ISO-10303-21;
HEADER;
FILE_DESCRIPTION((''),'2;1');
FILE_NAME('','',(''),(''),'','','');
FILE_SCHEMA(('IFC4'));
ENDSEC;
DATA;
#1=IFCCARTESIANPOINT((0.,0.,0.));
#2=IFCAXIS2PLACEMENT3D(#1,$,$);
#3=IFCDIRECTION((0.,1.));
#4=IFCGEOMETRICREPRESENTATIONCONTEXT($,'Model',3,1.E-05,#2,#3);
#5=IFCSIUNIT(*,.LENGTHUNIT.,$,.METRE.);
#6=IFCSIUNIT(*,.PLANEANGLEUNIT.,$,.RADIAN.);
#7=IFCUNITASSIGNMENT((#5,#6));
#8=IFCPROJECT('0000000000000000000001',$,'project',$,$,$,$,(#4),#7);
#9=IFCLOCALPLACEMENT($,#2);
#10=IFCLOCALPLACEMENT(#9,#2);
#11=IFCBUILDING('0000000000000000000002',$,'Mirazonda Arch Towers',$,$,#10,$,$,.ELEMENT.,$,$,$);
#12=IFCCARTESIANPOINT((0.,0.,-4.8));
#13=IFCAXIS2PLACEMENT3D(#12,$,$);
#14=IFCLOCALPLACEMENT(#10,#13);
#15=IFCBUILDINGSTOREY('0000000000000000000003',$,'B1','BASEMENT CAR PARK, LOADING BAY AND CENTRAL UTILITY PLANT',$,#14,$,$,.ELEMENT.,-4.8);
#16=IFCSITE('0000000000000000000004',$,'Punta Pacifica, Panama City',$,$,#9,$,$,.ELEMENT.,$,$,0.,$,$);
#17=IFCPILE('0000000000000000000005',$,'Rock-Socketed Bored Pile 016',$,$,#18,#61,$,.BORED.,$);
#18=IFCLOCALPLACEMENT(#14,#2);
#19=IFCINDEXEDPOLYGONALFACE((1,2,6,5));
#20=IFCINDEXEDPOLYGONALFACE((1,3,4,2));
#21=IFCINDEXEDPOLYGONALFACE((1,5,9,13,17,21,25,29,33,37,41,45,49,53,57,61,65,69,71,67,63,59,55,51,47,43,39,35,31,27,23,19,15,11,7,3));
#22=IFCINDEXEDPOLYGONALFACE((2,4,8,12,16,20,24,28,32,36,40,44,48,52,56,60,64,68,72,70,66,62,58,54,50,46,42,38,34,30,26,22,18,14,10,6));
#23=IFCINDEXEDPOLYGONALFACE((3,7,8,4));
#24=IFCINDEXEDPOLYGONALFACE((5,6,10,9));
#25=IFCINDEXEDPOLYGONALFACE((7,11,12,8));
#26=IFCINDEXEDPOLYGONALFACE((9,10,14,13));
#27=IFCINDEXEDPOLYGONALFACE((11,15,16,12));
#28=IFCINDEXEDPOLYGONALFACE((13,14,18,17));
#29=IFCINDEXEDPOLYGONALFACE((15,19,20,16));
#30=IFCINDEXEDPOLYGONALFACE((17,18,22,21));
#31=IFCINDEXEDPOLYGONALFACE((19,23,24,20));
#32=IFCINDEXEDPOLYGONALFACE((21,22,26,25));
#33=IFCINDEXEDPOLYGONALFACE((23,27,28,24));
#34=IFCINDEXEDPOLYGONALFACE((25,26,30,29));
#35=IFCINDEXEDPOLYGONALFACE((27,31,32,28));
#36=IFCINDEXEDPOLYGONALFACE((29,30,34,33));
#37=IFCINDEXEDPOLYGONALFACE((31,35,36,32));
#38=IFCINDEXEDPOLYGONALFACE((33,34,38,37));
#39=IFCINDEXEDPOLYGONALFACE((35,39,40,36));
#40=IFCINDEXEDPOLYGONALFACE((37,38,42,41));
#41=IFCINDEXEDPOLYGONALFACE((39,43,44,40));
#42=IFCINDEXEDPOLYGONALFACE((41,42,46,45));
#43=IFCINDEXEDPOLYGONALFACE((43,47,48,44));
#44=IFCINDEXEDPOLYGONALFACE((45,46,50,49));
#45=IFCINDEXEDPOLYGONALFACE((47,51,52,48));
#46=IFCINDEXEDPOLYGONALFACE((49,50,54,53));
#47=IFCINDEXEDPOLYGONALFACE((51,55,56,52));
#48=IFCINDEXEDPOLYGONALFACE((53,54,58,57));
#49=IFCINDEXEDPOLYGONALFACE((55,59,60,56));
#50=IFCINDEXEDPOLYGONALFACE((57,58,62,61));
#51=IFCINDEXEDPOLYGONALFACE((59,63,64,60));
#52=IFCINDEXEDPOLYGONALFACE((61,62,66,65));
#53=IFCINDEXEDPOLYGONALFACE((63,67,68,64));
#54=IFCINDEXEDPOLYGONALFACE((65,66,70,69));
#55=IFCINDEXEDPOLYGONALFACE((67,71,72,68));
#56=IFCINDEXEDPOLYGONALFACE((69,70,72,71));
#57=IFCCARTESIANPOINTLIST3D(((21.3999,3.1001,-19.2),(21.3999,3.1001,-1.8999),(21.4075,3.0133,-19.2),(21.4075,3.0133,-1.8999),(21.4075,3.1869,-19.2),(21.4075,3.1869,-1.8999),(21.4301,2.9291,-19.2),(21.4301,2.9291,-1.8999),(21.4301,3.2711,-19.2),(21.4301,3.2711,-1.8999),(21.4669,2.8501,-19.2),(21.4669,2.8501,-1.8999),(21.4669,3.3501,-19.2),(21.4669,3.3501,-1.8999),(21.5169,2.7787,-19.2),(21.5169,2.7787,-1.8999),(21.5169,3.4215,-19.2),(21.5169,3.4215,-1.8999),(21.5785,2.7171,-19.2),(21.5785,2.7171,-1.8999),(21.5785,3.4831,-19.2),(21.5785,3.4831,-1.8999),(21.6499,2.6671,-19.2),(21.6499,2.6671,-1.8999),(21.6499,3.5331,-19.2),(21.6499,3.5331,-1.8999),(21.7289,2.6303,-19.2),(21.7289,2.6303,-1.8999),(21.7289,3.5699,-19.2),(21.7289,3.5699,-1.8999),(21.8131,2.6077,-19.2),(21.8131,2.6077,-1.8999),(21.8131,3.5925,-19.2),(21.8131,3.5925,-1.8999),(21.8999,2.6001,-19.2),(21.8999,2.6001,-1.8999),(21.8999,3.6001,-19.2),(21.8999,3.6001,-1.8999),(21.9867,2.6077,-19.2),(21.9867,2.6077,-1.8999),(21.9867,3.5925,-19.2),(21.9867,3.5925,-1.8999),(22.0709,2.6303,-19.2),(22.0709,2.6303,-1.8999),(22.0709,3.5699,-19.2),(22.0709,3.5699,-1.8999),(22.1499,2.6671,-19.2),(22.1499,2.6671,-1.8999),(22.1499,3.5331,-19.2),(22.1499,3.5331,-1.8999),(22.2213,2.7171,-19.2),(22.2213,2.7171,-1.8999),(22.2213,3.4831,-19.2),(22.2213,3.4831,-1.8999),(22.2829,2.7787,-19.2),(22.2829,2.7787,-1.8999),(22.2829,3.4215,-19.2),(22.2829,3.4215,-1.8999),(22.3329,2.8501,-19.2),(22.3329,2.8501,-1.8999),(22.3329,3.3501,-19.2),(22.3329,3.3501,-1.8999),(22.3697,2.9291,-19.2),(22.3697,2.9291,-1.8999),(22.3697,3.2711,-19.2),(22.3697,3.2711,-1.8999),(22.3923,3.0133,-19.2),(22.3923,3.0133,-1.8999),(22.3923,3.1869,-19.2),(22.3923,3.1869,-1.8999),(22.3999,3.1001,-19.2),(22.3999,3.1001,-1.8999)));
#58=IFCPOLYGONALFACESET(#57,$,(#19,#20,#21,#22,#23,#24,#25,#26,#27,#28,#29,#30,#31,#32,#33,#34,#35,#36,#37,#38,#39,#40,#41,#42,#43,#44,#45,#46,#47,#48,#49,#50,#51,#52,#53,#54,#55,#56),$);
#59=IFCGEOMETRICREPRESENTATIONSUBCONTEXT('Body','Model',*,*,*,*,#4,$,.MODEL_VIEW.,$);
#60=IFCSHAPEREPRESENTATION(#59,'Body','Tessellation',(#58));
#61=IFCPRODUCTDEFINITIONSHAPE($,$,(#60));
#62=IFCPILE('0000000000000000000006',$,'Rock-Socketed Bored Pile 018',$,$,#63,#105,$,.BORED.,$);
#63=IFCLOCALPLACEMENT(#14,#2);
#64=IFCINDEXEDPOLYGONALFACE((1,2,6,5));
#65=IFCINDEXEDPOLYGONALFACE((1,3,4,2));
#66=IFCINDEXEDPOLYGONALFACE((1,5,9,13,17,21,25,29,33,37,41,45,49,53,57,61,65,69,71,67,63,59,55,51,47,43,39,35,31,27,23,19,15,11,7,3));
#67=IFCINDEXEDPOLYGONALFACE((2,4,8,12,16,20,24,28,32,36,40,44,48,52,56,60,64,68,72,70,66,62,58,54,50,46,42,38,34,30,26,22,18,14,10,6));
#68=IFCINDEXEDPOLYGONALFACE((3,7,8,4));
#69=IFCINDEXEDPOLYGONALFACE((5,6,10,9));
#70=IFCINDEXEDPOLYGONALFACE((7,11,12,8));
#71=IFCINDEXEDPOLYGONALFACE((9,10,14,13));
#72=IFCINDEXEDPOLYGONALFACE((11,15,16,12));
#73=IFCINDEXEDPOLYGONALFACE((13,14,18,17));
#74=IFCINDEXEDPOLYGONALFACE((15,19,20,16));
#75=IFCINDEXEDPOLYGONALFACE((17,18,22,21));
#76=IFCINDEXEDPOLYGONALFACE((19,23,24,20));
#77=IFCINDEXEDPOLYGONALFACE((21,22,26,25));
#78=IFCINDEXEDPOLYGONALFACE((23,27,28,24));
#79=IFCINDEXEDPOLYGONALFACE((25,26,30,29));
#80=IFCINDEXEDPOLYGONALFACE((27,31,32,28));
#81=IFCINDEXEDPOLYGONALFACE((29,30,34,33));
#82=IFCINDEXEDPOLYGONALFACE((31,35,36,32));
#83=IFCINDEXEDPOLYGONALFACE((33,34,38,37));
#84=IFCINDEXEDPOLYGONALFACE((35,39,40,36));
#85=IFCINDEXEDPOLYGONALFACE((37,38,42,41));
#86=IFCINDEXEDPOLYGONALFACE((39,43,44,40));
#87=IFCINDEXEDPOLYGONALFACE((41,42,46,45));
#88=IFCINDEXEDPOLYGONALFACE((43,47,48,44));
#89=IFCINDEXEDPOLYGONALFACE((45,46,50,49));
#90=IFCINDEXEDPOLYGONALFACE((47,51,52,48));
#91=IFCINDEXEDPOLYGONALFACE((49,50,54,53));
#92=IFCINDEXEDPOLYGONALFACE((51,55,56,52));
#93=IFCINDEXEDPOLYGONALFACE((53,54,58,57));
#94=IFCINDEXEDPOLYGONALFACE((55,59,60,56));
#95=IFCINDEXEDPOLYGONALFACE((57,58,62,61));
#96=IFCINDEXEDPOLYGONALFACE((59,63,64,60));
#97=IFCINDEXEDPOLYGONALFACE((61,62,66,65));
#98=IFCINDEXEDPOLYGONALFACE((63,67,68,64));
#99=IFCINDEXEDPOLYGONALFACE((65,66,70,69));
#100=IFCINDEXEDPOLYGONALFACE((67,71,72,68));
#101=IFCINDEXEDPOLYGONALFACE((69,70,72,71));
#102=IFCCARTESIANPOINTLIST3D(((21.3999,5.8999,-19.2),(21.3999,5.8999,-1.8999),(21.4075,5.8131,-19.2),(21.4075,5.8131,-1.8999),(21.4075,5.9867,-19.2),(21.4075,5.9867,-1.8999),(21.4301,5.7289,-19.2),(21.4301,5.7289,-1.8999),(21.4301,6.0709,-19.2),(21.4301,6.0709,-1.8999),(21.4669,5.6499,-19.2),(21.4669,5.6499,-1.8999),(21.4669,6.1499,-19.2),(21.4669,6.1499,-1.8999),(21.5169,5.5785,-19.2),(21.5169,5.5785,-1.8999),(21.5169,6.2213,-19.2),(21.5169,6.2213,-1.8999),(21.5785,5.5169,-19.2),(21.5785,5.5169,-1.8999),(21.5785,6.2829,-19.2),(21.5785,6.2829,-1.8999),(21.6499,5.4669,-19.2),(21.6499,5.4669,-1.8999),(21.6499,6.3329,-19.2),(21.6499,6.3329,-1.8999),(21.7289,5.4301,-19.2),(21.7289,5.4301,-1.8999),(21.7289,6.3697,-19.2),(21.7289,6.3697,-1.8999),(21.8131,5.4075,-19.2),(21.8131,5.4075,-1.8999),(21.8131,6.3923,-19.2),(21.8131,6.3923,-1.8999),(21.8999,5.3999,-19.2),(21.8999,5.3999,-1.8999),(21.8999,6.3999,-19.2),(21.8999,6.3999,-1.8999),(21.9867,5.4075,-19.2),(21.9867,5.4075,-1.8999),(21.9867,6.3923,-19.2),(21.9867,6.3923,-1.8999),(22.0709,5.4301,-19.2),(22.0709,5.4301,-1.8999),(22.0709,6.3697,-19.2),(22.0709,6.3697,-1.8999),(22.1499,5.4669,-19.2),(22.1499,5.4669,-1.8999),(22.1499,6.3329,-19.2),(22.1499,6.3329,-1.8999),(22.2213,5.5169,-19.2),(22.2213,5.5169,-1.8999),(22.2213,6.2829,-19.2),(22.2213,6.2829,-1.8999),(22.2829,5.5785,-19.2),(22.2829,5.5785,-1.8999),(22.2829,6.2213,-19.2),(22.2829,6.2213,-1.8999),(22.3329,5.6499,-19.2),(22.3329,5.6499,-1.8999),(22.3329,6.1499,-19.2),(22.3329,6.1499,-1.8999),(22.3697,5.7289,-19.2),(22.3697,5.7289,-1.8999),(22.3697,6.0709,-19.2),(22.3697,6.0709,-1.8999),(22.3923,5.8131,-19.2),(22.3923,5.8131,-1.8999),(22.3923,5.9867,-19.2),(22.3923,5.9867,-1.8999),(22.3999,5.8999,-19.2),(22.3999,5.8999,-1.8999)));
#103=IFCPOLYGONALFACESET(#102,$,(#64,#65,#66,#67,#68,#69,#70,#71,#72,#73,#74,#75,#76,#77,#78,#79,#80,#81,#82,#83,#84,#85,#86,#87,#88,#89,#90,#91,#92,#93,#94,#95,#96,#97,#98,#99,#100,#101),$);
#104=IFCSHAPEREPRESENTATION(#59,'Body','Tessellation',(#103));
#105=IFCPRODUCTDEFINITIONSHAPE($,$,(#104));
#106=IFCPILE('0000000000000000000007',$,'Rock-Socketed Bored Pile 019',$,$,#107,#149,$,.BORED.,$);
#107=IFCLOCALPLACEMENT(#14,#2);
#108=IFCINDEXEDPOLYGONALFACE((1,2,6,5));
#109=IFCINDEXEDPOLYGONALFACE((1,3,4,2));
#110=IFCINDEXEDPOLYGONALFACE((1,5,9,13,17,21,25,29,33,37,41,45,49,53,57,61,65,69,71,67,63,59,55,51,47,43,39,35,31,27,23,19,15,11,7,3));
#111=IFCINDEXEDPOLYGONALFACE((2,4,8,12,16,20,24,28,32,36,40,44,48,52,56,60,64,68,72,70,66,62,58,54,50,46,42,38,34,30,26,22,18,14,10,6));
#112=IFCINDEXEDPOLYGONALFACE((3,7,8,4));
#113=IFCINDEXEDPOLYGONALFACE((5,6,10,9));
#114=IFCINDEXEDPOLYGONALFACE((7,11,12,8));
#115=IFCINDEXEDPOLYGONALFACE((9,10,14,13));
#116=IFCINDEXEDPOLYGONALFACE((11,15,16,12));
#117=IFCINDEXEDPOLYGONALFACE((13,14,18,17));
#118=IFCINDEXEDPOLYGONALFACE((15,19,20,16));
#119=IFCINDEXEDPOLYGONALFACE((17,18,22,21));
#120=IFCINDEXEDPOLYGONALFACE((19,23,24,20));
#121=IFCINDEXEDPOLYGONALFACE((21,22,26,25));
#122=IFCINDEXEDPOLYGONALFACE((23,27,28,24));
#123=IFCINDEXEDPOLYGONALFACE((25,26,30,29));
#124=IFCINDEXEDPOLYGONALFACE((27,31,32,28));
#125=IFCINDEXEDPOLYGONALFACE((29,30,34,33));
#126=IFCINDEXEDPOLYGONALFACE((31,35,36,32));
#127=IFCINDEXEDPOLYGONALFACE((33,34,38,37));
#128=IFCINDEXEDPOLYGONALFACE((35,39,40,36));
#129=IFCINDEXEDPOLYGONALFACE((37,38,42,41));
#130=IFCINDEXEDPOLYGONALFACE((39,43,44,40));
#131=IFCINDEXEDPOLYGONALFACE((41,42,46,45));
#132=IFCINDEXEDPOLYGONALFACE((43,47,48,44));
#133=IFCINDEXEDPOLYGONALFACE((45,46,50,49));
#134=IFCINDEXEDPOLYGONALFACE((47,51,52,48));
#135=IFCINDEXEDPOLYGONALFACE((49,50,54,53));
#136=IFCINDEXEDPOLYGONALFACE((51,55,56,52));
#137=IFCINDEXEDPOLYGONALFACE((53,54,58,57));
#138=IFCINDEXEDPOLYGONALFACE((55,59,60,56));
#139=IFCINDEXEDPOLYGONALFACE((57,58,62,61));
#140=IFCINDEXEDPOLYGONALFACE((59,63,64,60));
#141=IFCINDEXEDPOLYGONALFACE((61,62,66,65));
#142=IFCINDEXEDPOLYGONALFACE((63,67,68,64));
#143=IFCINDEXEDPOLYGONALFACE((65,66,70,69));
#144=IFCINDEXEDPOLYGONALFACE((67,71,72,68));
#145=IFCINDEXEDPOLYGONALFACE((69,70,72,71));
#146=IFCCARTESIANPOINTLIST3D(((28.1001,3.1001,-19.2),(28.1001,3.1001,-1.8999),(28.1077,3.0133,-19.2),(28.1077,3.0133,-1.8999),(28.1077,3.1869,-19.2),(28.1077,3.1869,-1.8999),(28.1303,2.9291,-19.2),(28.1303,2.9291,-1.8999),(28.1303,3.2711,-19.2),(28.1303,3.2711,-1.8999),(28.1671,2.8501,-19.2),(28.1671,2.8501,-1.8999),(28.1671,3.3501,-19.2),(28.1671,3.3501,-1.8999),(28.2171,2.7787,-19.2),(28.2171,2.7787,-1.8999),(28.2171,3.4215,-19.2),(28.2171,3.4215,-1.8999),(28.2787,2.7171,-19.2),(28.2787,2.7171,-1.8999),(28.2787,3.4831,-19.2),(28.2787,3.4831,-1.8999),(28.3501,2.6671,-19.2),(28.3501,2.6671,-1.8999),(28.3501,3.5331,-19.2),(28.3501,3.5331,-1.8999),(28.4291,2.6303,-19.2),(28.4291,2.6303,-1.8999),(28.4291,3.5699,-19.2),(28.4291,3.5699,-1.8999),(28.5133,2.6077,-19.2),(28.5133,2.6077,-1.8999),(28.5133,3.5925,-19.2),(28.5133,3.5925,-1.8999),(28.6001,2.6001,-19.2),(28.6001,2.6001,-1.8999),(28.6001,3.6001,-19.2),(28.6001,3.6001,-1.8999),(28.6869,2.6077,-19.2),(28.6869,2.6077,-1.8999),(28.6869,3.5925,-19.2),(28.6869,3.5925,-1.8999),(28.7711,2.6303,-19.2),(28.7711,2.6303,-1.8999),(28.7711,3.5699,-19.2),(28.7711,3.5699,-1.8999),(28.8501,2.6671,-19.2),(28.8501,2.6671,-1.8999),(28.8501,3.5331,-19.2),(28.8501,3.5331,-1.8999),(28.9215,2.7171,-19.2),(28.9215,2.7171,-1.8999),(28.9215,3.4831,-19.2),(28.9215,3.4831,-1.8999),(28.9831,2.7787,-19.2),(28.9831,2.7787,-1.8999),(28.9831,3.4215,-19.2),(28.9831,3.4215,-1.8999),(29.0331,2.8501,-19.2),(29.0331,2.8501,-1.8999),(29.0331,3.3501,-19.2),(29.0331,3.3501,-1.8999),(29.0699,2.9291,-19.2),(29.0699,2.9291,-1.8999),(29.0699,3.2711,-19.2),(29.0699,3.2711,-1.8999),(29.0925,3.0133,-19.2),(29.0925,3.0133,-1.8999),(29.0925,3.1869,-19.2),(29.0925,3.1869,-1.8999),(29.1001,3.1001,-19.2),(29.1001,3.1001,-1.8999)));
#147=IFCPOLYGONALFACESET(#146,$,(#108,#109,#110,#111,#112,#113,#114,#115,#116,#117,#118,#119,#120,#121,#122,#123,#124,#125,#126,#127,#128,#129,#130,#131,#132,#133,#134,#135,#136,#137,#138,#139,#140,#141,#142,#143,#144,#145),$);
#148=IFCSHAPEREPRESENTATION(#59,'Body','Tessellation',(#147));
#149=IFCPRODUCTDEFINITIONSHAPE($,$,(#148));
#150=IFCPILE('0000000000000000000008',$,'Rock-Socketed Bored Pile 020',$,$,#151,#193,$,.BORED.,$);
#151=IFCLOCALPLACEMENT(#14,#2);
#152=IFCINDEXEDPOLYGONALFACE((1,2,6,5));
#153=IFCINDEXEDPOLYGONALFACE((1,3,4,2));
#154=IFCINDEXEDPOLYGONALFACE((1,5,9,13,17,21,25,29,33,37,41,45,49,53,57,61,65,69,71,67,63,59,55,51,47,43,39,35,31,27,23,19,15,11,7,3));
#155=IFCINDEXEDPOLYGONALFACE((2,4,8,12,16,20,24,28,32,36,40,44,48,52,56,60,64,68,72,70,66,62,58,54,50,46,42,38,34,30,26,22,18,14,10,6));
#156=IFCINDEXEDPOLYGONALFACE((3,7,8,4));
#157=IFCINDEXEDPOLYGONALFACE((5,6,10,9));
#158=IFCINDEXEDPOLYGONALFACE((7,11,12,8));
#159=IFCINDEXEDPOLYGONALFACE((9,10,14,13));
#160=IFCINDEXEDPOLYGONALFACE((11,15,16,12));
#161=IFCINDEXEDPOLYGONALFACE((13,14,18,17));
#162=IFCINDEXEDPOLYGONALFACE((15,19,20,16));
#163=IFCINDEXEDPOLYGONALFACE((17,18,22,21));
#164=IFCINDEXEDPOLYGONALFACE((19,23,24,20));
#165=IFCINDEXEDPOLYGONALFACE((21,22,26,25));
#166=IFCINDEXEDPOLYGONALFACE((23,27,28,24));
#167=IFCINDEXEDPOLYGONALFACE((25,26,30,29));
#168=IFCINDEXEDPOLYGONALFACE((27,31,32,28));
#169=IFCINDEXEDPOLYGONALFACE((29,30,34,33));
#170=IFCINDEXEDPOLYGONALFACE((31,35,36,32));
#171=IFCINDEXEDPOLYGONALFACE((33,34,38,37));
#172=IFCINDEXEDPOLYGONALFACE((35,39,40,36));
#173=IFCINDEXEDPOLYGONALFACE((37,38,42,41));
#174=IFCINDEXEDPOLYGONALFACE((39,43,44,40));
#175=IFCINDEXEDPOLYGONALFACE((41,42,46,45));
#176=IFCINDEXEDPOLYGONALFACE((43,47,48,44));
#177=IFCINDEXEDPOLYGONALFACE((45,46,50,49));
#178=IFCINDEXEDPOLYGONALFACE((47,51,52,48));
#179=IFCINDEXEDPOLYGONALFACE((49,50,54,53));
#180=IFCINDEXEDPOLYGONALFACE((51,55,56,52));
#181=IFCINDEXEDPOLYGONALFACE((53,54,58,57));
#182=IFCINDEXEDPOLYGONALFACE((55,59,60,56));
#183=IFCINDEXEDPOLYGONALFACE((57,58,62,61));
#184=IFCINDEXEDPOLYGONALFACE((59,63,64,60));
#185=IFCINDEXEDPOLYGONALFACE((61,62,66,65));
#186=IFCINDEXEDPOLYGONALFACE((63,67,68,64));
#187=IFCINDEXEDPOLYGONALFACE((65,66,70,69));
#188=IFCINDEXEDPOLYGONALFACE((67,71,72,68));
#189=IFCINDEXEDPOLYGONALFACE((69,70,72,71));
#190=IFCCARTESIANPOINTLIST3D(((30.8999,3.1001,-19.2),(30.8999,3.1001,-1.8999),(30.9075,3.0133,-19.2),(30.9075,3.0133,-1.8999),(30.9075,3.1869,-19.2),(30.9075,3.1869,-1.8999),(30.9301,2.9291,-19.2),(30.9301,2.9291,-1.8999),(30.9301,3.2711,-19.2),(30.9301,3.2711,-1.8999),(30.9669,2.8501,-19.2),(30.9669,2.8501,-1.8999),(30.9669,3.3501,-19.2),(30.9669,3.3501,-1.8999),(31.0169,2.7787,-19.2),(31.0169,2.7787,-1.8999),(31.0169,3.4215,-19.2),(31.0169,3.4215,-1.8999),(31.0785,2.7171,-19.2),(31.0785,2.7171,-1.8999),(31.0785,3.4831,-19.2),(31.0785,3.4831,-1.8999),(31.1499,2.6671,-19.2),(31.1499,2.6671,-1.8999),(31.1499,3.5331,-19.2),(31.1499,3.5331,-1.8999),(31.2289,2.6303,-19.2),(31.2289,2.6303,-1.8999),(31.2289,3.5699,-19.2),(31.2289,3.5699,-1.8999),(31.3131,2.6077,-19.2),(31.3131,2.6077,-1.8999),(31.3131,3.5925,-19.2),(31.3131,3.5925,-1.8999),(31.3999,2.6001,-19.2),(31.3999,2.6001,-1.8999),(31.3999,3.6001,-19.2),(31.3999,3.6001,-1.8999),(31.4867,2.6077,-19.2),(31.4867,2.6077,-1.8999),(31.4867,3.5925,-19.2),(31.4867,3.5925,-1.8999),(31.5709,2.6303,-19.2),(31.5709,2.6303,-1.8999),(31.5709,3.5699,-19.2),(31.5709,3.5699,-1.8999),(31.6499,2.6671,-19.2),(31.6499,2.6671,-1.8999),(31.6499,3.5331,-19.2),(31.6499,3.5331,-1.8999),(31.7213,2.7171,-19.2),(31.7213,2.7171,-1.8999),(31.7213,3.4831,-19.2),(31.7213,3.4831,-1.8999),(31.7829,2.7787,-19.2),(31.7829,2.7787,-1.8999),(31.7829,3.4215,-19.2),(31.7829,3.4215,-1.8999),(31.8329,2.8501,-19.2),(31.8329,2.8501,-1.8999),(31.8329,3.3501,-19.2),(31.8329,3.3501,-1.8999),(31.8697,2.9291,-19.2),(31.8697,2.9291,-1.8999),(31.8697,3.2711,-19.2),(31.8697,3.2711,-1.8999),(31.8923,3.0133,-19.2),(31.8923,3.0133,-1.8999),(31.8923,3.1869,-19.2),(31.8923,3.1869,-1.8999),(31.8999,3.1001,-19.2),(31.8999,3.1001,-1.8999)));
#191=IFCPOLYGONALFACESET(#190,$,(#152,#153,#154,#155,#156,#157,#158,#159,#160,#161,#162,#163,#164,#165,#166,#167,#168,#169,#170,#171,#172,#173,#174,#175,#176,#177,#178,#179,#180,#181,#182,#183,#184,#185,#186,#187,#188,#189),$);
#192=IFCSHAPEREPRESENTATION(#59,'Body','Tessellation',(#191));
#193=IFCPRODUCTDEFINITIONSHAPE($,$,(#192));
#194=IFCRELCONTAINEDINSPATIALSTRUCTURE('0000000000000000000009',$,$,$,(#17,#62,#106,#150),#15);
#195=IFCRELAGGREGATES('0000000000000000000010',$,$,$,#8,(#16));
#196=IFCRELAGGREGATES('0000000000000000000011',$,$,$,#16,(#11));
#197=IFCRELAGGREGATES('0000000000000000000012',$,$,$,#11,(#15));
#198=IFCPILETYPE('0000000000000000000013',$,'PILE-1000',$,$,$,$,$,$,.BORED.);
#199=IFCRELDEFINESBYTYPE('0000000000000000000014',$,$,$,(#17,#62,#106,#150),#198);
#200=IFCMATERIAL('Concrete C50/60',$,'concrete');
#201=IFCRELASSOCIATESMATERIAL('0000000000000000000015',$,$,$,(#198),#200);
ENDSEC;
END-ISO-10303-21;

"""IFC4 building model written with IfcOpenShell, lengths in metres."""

from ifc_helpers import new_model, si_unit, direction, frame, origin, origin_2d, place, context, subcontext, project, spatial, circle, extrude, material, material_profile, profile_set, type_object, element, save


model = new_model("IFC4")

# Units and contexts
model_context = context("Model", 3, precision=1e-05, world=origin(), true_north=direction((0.0, 1.0)))
body_context = subcontext(model_context, "Body", "Model", "MODEL_VIEW")
ifc_project = project(units=[si_unit("LENGTHUNIT", "METRE"), si_unit("PLANEANGLEUNIT", "RADIAN")], contexts=[model_context])

# Site, building, storey
site_placement = place(None, origin())
site = spatial("IfcSite", under=ifc_project, at=site_placement, Name="Punta Pacifica, Panama City", CompositionType="ELEMENT", RefElevation=0.0)
building_placement = place(site_placement, origin())
building = spatial("IfcBuilding", under=site, at=building_placement, Name="Mirazonda Arch Towers", CompositionType="ELEMENT")
storey_placement = place(building_placement, frame((0.0, 0.0, -4.8)))
storey = spatial("IfcBuildingStorey", under=building, at=storey_placement, Name="B1", Description="BASEMENT CAR PARK, LOADING BAY AND CENTRAL UTILITY PLANT", CompositionType="ELEMENT", Elevation=-4.8)

# Piles
ifc_material_1 = material(Name="Concrete C50/60", Category="concrete")
ifc_material_profile_1 = material_profile(ifc_material_1, circle(Radius=0.5, at=origin_2d()), Name="BORED-D1000")
ifc_profile_set_1 = profile_set([ifc_material_profile_1], Name="Concrete C50/60")
pile_type_1 = type_object("IfcPileType", Name="PILE-1000", PredefinedType="BORED", material=ifc_profile_set_1)
for number, where, z_axis, x_axis, name in (
    (1, (21.8999, 3.1001, -1.8999), (0.0, 0.0, -1.0), (1.0, 0.0, 0.0), "Rock-Socketed Bored Pile 016"),
    (2, (21.8999, 5.8999, -1.8999), (0.0, 0.0, -1.0), (1.0, 0.0, 0.0), "Rock-Socketed Bored Pile 018"),
    (3, (28.6001, 3.1001, -1.8999), (0.0, 0.0, -1.0), (1.0, 0.0, 0.0), "Rock-Socketed Bored Pile 019"),
    (4, (31.3999, 3.1001, -1.8999), (0.0, 0.0, -1.0), (1.0, 0.0, 0.0), "Rock-Socketed Bored Pile 020"),
):
    element("IfcPile", number, at=place(storey_placement, frame(where, z_axis=z_axis, x_axis=x_axis)), inside=storey, type_object=pile_type_1, Name=name, PredefinedType="BORED", context=body_context, shape_type="SweptSolid", body=[
        extrude(circle(Radius=0.5, at=origin_2d()), origin(), (0.0, 0.0, 1.0), 17.3),
    ])

save(model, "model.ifc")
